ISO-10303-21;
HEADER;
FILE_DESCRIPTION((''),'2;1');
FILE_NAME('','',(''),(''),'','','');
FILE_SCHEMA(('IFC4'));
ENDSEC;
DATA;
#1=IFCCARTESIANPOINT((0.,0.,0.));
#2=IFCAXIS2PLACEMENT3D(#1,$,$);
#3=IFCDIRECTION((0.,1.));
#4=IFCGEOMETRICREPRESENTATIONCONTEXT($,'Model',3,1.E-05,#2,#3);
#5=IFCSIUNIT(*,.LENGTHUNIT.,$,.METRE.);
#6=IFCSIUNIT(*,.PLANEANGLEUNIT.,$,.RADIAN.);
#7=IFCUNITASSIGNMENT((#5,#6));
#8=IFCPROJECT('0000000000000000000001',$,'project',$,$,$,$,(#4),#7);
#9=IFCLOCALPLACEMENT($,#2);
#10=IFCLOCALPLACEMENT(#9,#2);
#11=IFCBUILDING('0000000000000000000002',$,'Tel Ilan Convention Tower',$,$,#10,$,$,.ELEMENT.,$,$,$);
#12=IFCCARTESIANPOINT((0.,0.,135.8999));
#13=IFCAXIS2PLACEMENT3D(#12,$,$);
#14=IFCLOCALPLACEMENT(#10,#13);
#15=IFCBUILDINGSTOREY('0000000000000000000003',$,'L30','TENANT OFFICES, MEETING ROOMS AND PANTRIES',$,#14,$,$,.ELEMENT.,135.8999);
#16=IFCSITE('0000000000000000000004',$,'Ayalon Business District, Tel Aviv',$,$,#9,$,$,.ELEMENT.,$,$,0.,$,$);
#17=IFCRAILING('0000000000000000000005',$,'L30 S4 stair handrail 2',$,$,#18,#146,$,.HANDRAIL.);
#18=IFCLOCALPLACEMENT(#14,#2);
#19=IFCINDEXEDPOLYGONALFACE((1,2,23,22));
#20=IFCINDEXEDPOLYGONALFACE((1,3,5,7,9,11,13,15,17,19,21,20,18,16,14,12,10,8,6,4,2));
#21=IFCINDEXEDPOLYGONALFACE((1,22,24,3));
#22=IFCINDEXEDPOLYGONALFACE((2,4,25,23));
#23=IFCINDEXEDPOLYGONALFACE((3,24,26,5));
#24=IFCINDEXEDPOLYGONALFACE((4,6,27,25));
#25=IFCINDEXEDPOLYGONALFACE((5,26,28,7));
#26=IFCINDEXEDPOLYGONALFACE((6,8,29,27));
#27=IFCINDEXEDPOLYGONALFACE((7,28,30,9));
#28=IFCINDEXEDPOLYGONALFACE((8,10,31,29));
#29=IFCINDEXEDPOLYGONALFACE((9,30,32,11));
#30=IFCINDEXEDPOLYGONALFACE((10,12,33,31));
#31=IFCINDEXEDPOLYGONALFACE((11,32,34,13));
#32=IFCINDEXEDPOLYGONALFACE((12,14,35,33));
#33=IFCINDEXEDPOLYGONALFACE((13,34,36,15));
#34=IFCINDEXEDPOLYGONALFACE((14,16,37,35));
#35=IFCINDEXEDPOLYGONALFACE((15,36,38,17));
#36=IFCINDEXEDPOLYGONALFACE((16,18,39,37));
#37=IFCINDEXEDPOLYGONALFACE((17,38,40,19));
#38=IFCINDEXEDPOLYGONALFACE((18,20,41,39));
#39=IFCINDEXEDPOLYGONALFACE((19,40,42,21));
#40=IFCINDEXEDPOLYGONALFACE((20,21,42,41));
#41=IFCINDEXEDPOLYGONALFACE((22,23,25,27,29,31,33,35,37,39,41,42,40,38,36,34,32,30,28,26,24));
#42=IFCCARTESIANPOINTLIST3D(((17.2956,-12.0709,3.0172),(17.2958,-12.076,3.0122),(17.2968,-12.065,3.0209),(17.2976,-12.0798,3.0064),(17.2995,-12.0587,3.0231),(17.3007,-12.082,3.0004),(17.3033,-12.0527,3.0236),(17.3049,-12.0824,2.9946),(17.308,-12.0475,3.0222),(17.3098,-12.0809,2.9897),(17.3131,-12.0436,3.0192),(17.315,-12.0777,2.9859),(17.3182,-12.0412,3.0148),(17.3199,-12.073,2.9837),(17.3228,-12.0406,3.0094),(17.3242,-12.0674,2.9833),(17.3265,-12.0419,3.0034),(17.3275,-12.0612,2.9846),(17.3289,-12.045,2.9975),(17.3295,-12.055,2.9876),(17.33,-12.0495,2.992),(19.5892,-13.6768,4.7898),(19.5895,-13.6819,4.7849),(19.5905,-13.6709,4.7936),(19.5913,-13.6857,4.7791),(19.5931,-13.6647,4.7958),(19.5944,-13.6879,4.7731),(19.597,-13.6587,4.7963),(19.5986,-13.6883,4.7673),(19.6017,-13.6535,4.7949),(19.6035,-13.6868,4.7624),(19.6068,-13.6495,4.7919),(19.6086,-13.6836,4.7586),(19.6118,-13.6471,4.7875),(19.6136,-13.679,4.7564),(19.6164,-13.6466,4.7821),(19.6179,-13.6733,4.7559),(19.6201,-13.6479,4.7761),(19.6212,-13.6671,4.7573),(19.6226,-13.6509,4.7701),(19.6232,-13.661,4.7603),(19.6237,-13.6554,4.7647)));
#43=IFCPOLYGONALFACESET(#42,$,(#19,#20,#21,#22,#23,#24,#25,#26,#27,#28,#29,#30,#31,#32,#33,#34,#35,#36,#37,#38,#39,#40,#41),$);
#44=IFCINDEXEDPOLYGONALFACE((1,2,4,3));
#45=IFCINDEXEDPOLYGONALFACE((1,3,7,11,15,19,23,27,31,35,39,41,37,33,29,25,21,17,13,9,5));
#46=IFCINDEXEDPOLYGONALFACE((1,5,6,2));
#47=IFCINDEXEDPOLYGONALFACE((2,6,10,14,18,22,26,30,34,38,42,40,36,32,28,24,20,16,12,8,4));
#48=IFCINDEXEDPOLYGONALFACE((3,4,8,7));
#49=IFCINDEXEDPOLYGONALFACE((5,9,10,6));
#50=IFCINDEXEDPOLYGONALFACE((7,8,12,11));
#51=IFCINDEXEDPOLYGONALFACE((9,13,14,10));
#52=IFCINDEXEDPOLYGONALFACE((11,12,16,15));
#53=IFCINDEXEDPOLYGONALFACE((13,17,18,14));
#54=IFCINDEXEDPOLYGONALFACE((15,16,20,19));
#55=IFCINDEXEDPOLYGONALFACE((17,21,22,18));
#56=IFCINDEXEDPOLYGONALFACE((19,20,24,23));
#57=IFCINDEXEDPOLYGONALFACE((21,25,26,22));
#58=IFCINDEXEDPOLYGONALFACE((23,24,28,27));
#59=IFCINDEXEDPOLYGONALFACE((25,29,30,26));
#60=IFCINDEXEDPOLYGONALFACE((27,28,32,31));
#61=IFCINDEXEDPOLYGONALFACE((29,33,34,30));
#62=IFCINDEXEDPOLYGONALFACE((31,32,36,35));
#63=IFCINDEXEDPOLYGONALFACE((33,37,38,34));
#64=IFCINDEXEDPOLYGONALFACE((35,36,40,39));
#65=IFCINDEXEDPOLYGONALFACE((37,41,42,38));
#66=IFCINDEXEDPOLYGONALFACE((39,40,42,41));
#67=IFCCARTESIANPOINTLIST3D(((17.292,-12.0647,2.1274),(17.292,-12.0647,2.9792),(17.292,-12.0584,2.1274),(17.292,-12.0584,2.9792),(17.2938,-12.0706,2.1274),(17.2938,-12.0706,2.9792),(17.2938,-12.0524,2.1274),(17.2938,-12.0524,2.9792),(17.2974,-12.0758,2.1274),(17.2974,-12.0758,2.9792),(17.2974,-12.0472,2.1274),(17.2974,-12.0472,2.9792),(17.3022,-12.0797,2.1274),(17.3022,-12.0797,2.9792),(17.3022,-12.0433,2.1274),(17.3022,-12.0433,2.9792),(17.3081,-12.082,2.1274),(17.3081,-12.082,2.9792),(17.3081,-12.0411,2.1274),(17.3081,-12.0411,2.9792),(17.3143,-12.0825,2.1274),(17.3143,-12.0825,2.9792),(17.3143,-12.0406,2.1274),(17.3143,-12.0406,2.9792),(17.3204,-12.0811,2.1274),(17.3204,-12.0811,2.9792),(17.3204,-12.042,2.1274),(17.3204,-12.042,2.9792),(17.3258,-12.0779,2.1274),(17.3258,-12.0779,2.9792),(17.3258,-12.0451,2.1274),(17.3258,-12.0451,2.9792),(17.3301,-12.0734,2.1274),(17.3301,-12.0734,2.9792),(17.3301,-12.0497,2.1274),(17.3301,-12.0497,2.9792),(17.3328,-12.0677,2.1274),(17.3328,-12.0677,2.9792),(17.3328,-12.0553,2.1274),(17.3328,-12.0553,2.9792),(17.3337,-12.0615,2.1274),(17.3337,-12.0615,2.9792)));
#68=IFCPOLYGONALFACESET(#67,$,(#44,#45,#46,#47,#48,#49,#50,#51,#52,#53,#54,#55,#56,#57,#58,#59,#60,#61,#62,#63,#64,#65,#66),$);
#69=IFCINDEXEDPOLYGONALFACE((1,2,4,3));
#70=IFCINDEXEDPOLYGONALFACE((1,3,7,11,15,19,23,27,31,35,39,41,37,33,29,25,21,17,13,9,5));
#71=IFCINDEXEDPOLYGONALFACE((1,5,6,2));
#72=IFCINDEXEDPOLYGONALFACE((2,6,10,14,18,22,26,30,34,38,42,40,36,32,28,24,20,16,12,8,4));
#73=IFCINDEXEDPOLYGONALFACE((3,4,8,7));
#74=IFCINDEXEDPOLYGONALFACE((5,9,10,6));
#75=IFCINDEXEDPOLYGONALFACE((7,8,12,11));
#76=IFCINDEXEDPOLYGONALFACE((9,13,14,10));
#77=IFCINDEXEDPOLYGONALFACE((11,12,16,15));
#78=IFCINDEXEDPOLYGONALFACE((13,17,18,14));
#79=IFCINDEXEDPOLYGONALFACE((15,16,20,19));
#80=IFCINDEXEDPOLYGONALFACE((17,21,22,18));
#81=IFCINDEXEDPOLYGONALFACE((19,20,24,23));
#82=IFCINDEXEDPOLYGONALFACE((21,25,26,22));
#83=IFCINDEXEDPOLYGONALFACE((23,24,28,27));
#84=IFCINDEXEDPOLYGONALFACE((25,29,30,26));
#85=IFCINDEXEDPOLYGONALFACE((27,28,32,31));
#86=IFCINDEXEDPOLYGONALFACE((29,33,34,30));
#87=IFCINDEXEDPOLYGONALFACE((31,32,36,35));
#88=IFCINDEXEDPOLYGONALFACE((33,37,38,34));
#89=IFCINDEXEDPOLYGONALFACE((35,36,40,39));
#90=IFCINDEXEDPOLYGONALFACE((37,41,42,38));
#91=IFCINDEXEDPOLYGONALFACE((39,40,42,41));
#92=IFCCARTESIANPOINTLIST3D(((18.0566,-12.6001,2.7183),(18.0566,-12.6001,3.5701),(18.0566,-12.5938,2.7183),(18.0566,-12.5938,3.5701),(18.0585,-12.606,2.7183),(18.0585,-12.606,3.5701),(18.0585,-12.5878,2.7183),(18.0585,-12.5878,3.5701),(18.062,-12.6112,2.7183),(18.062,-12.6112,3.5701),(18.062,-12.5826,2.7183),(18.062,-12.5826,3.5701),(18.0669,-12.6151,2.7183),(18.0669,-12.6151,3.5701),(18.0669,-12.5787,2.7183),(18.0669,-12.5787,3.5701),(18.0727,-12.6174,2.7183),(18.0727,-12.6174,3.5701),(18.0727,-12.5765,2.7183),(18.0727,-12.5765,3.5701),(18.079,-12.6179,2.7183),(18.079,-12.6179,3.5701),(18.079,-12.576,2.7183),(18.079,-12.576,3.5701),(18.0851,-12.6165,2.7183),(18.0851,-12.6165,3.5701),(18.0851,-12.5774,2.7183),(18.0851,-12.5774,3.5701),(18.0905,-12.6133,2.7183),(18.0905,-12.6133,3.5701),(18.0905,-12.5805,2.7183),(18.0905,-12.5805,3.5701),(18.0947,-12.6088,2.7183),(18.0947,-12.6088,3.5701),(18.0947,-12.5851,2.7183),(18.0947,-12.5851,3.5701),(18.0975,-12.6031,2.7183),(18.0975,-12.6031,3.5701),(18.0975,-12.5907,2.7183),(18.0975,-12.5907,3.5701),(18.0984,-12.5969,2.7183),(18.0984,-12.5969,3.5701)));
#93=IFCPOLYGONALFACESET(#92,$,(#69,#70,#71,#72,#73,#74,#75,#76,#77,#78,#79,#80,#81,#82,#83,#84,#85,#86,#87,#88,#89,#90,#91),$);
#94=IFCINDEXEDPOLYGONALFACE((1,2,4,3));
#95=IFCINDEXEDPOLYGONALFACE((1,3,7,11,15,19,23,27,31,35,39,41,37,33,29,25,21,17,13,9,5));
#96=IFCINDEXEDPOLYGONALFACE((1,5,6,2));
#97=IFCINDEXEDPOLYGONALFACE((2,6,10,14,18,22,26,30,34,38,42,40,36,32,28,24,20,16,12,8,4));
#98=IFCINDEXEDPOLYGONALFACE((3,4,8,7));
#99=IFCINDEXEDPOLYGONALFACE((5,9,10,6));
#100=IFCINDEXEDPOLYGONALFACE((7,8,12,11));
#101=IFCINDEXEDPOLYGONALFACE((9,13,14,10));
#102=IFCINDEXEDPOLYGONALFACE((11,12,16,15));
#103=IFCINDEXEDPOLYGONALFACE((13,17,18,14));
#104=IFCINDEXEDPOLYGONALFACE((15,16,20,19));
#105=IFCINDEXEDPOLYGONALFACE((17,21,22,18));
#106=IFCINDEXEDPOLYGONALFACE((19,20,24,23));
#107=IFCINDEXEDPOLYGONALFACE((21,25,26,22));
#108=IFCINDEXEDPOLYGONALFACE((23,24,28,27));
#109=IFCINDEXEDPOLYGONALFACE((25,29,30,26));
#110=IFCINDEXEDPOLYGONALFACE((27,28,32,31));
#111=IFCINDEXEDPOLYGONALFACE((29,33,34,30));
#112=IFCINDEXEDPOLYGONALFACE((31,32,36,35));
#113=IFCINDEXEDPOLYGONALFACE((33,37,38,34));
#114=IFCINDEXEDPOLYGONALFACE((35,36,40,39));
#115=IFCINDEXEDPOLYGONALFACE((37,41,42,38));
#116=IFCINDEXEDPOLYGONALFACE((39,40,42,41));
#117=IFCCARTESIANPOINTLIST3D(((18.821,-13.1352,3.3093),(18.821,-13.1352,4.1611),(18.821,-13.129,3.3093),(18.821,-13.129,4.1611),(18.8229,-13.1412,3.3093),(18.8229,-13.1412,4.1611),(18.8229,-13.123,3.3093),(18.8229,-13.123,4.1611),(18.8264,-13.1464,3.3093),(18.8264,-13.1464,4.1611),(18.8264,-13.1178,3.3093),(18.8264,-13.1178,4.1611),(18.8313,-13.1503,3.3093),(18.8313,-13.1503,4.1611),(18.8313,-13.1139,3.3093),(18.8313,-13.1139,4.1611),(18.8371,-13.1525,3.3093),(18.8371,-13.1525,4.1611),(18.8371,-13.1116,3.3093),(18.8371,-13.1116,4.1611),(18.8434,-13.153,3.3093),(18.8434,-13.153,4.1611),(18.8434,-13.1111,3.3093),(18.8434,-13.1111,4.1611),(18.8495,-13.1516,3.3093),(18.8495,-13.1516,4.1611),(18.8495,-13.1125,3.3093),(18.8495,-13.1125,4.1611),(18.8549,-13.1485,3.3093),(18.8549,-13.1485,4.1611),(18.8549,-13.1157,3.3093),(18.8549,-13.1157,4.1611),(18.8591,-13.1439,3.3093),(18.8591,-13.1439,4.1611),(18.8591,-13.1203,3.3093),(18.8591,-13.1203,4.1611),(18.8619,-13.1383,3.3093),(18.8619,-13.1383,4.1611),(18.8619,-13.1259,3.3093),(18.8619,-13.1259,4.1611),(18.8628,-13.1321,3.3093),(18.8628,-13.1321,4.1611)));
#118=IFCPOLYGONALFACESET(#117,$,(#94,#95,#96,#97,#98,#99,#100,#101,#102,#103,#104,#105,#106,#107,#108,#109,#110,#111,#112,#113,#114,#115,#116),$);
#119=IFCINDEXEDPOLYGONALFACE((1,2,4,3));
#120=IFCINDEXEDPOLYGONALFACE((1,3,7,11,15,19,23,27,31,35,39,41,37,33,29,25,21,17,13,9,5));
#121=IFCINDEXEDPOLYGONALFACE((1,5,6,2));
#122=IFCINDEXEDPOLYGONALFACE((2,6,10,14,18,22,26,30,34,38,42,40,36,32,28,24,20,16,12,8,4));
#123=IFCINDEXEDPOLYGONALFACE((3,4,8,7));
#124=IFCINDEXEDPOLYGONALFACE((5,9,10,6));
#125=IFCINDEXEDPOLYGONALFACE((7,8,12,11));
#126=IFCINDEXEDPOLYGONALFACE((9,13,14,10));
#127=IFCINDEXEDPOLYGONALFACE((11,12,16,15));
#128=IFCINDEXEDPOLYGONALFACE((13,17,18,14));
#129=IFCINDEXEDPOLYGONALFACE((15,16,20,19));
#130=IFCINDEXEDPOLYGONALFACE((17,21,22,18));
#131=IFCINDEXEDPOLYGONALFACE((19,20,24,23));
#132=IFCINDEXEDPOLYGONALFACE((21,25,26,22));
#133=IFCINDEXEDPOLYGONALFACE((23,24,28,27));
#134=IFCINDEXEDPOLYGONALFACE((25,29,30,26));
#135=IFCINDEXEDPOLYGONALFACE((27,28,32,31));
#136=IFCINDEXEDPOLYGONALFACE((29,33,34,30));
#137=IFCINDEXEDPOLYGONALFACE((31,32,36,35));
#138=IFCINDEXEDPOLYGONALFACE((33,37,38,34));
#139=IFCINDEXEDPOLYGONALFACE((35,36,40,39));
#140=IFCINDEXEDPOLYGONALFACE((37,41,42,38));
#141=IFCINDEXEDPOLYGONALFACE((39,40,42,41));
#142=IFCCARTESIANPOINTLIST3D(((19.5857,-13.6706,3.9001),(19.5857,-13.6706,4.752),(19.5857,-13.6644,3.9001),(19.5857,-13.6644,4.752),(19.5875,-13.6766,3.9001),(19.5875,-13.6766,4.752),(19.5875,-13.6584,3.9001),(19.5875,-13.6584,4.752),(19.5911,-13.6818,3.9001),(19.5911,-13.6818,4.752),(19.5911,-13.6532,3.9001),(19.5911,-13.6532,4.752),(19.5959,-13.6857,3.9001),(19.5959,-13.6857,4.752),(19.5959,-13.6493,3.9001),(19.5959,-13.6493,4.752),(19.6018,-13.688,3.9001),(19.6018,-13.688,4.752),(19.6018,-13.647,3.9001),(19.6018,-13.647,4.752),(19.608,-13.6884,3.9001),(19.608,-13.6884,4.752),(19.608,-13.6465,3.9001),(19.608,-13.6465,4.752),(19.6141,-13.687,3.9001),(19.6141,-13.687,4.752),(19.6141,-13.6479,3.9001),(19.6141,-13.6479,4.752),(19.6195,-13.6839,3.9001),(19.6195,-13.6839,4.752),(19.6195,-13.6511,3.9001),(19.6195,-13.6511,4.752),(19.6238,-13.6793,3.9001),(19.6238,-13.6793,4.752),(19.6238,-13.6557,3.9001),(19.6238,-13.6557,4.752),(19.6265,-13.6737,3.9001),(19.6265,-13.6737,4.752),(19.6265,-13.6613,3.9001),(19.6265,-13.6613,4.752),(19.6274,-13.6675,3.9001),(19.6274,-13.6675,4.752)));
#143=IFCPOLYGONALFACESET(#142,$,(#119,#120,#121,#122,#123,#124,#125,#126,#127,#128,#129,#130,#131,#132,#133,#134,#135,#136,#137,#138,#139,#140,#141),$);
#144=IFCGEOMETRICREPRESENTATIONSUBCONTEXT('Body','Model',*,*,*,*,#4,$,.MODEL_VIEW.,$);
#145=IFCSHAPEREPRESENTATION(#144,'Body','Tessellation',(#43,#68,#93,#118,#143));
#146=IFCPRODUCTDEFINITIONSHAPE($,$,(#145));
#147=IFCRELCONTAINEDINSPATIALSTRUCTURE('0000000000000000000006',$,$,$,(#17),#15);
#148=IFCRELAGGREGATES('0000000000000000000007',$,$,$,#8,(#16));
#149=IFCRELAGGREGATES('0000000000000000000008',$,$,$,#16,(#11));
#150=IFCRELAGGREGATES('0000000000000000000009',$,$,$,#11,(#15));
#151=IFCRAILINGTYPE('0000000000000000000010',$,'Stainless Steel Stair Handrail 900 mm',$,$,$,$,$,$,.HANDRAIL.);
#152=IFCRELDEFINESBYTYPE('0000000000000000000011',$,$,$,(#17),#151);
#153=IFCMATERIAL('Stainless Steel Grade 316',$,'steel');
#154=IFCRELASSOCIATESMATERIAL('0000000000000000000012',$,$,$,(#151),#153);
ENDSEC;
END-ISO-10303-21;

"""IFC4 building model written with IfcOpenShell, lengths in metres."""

from ifc_helpers import new_model, si_unit, direction, frame, origin, origin_2d, place, context, subcontext, project, spatial, circle, extrude, material, type_object, element, save


model = new_model("IFC4")

# Units and contexts
model_context = context("Model", 3, precision=1e-05, world=origin(), true_north=direction((0.0, 1.0)))
body_context = subcontext(model_context, "Body", "Model", "MODEL_VIEW")
ifc_project = project(units=[si_unit("LENGTHUNIT", "METRE"), si_unit("PLANEANGLEUNIT", "RADIAN")], contexts=[model_context])

# Site, building, storey
site_placement = place(None, origin())
site = spatial("IfcSite", under=ifc_project, at=site_placement, Name="Ayalon Business District, Tel Aviv", CompositionType="ELEMENT", RefElevation=0.0)
building_placement = place(site_placement, origin())
building = spatial("IfcBuilding", under=site, at=building_placement, Name="Tel Ilan Convention Tower", CompositionType="ELEMENT")
storey_placement = place(building_placement, frame((0.0, 0.0, 135.8999)))
storey = spatial("IfcBuildingStorey", under=building, at=storey_placement, Name="L30", Description="TENANT OFFICES, MEETING ROOMS AND PANTRIES", CompositionType="ELEMENT", Elevation=135.8999)

# Railing
ifc_material_1 = material(Name="Stainless Steel Grade 316", Category="steel")
railing_type = type_object("IfcRailingType", Name="Stainless Steel Stair Handrail 900 mm", PredefinedType="HANDRAIL", material=ifc_material_1)
railing_placement = place(storey_placement, frame((17.3127, -12.0615, 2.1274)))
element("IfcRailing", 1, at=railing_placement, inside=storey, type_object=railing_type, Name="L30 S4 stair handrail 2", PredefinedType="HANDRAIL", context=body_context, shape_type="SweptSolid", body=[
    extrude(circle(Radius=0.0239, at=origin_2d()), frame((0.0, 0.0, 0.876), z_axis=(0.692123, -0.484597, 0.534913), x_axis=(0.57355, 0.81917, 0.0)), (0.0, 0.0, 1.0), 3.314),
    extrude(circle(Radius=0.021, at=origin_2d()), origin(), (0.0, 0.0, 1.0), 0.8518),
    extrude(circle(Radius=0.021, at=origin_2d()), frame((0.7646, -0.5354, 0.5908)), (0.0, 0.0, 1.0), 0.8518),
    extrude(circle(Radius=0.021, at=origin_2d()), frame((1.5291, -1.0706, 1.1819)), (0.0, 0.0, 1.0), 0.8518),
    extrude(circle(Radius=0.021, at=origin_2d()), frame((2.2937, -1.606, 1.7727)), (0.0, 0.0, 1.0), 0.8518),
])

save(model, "model.ifc")
